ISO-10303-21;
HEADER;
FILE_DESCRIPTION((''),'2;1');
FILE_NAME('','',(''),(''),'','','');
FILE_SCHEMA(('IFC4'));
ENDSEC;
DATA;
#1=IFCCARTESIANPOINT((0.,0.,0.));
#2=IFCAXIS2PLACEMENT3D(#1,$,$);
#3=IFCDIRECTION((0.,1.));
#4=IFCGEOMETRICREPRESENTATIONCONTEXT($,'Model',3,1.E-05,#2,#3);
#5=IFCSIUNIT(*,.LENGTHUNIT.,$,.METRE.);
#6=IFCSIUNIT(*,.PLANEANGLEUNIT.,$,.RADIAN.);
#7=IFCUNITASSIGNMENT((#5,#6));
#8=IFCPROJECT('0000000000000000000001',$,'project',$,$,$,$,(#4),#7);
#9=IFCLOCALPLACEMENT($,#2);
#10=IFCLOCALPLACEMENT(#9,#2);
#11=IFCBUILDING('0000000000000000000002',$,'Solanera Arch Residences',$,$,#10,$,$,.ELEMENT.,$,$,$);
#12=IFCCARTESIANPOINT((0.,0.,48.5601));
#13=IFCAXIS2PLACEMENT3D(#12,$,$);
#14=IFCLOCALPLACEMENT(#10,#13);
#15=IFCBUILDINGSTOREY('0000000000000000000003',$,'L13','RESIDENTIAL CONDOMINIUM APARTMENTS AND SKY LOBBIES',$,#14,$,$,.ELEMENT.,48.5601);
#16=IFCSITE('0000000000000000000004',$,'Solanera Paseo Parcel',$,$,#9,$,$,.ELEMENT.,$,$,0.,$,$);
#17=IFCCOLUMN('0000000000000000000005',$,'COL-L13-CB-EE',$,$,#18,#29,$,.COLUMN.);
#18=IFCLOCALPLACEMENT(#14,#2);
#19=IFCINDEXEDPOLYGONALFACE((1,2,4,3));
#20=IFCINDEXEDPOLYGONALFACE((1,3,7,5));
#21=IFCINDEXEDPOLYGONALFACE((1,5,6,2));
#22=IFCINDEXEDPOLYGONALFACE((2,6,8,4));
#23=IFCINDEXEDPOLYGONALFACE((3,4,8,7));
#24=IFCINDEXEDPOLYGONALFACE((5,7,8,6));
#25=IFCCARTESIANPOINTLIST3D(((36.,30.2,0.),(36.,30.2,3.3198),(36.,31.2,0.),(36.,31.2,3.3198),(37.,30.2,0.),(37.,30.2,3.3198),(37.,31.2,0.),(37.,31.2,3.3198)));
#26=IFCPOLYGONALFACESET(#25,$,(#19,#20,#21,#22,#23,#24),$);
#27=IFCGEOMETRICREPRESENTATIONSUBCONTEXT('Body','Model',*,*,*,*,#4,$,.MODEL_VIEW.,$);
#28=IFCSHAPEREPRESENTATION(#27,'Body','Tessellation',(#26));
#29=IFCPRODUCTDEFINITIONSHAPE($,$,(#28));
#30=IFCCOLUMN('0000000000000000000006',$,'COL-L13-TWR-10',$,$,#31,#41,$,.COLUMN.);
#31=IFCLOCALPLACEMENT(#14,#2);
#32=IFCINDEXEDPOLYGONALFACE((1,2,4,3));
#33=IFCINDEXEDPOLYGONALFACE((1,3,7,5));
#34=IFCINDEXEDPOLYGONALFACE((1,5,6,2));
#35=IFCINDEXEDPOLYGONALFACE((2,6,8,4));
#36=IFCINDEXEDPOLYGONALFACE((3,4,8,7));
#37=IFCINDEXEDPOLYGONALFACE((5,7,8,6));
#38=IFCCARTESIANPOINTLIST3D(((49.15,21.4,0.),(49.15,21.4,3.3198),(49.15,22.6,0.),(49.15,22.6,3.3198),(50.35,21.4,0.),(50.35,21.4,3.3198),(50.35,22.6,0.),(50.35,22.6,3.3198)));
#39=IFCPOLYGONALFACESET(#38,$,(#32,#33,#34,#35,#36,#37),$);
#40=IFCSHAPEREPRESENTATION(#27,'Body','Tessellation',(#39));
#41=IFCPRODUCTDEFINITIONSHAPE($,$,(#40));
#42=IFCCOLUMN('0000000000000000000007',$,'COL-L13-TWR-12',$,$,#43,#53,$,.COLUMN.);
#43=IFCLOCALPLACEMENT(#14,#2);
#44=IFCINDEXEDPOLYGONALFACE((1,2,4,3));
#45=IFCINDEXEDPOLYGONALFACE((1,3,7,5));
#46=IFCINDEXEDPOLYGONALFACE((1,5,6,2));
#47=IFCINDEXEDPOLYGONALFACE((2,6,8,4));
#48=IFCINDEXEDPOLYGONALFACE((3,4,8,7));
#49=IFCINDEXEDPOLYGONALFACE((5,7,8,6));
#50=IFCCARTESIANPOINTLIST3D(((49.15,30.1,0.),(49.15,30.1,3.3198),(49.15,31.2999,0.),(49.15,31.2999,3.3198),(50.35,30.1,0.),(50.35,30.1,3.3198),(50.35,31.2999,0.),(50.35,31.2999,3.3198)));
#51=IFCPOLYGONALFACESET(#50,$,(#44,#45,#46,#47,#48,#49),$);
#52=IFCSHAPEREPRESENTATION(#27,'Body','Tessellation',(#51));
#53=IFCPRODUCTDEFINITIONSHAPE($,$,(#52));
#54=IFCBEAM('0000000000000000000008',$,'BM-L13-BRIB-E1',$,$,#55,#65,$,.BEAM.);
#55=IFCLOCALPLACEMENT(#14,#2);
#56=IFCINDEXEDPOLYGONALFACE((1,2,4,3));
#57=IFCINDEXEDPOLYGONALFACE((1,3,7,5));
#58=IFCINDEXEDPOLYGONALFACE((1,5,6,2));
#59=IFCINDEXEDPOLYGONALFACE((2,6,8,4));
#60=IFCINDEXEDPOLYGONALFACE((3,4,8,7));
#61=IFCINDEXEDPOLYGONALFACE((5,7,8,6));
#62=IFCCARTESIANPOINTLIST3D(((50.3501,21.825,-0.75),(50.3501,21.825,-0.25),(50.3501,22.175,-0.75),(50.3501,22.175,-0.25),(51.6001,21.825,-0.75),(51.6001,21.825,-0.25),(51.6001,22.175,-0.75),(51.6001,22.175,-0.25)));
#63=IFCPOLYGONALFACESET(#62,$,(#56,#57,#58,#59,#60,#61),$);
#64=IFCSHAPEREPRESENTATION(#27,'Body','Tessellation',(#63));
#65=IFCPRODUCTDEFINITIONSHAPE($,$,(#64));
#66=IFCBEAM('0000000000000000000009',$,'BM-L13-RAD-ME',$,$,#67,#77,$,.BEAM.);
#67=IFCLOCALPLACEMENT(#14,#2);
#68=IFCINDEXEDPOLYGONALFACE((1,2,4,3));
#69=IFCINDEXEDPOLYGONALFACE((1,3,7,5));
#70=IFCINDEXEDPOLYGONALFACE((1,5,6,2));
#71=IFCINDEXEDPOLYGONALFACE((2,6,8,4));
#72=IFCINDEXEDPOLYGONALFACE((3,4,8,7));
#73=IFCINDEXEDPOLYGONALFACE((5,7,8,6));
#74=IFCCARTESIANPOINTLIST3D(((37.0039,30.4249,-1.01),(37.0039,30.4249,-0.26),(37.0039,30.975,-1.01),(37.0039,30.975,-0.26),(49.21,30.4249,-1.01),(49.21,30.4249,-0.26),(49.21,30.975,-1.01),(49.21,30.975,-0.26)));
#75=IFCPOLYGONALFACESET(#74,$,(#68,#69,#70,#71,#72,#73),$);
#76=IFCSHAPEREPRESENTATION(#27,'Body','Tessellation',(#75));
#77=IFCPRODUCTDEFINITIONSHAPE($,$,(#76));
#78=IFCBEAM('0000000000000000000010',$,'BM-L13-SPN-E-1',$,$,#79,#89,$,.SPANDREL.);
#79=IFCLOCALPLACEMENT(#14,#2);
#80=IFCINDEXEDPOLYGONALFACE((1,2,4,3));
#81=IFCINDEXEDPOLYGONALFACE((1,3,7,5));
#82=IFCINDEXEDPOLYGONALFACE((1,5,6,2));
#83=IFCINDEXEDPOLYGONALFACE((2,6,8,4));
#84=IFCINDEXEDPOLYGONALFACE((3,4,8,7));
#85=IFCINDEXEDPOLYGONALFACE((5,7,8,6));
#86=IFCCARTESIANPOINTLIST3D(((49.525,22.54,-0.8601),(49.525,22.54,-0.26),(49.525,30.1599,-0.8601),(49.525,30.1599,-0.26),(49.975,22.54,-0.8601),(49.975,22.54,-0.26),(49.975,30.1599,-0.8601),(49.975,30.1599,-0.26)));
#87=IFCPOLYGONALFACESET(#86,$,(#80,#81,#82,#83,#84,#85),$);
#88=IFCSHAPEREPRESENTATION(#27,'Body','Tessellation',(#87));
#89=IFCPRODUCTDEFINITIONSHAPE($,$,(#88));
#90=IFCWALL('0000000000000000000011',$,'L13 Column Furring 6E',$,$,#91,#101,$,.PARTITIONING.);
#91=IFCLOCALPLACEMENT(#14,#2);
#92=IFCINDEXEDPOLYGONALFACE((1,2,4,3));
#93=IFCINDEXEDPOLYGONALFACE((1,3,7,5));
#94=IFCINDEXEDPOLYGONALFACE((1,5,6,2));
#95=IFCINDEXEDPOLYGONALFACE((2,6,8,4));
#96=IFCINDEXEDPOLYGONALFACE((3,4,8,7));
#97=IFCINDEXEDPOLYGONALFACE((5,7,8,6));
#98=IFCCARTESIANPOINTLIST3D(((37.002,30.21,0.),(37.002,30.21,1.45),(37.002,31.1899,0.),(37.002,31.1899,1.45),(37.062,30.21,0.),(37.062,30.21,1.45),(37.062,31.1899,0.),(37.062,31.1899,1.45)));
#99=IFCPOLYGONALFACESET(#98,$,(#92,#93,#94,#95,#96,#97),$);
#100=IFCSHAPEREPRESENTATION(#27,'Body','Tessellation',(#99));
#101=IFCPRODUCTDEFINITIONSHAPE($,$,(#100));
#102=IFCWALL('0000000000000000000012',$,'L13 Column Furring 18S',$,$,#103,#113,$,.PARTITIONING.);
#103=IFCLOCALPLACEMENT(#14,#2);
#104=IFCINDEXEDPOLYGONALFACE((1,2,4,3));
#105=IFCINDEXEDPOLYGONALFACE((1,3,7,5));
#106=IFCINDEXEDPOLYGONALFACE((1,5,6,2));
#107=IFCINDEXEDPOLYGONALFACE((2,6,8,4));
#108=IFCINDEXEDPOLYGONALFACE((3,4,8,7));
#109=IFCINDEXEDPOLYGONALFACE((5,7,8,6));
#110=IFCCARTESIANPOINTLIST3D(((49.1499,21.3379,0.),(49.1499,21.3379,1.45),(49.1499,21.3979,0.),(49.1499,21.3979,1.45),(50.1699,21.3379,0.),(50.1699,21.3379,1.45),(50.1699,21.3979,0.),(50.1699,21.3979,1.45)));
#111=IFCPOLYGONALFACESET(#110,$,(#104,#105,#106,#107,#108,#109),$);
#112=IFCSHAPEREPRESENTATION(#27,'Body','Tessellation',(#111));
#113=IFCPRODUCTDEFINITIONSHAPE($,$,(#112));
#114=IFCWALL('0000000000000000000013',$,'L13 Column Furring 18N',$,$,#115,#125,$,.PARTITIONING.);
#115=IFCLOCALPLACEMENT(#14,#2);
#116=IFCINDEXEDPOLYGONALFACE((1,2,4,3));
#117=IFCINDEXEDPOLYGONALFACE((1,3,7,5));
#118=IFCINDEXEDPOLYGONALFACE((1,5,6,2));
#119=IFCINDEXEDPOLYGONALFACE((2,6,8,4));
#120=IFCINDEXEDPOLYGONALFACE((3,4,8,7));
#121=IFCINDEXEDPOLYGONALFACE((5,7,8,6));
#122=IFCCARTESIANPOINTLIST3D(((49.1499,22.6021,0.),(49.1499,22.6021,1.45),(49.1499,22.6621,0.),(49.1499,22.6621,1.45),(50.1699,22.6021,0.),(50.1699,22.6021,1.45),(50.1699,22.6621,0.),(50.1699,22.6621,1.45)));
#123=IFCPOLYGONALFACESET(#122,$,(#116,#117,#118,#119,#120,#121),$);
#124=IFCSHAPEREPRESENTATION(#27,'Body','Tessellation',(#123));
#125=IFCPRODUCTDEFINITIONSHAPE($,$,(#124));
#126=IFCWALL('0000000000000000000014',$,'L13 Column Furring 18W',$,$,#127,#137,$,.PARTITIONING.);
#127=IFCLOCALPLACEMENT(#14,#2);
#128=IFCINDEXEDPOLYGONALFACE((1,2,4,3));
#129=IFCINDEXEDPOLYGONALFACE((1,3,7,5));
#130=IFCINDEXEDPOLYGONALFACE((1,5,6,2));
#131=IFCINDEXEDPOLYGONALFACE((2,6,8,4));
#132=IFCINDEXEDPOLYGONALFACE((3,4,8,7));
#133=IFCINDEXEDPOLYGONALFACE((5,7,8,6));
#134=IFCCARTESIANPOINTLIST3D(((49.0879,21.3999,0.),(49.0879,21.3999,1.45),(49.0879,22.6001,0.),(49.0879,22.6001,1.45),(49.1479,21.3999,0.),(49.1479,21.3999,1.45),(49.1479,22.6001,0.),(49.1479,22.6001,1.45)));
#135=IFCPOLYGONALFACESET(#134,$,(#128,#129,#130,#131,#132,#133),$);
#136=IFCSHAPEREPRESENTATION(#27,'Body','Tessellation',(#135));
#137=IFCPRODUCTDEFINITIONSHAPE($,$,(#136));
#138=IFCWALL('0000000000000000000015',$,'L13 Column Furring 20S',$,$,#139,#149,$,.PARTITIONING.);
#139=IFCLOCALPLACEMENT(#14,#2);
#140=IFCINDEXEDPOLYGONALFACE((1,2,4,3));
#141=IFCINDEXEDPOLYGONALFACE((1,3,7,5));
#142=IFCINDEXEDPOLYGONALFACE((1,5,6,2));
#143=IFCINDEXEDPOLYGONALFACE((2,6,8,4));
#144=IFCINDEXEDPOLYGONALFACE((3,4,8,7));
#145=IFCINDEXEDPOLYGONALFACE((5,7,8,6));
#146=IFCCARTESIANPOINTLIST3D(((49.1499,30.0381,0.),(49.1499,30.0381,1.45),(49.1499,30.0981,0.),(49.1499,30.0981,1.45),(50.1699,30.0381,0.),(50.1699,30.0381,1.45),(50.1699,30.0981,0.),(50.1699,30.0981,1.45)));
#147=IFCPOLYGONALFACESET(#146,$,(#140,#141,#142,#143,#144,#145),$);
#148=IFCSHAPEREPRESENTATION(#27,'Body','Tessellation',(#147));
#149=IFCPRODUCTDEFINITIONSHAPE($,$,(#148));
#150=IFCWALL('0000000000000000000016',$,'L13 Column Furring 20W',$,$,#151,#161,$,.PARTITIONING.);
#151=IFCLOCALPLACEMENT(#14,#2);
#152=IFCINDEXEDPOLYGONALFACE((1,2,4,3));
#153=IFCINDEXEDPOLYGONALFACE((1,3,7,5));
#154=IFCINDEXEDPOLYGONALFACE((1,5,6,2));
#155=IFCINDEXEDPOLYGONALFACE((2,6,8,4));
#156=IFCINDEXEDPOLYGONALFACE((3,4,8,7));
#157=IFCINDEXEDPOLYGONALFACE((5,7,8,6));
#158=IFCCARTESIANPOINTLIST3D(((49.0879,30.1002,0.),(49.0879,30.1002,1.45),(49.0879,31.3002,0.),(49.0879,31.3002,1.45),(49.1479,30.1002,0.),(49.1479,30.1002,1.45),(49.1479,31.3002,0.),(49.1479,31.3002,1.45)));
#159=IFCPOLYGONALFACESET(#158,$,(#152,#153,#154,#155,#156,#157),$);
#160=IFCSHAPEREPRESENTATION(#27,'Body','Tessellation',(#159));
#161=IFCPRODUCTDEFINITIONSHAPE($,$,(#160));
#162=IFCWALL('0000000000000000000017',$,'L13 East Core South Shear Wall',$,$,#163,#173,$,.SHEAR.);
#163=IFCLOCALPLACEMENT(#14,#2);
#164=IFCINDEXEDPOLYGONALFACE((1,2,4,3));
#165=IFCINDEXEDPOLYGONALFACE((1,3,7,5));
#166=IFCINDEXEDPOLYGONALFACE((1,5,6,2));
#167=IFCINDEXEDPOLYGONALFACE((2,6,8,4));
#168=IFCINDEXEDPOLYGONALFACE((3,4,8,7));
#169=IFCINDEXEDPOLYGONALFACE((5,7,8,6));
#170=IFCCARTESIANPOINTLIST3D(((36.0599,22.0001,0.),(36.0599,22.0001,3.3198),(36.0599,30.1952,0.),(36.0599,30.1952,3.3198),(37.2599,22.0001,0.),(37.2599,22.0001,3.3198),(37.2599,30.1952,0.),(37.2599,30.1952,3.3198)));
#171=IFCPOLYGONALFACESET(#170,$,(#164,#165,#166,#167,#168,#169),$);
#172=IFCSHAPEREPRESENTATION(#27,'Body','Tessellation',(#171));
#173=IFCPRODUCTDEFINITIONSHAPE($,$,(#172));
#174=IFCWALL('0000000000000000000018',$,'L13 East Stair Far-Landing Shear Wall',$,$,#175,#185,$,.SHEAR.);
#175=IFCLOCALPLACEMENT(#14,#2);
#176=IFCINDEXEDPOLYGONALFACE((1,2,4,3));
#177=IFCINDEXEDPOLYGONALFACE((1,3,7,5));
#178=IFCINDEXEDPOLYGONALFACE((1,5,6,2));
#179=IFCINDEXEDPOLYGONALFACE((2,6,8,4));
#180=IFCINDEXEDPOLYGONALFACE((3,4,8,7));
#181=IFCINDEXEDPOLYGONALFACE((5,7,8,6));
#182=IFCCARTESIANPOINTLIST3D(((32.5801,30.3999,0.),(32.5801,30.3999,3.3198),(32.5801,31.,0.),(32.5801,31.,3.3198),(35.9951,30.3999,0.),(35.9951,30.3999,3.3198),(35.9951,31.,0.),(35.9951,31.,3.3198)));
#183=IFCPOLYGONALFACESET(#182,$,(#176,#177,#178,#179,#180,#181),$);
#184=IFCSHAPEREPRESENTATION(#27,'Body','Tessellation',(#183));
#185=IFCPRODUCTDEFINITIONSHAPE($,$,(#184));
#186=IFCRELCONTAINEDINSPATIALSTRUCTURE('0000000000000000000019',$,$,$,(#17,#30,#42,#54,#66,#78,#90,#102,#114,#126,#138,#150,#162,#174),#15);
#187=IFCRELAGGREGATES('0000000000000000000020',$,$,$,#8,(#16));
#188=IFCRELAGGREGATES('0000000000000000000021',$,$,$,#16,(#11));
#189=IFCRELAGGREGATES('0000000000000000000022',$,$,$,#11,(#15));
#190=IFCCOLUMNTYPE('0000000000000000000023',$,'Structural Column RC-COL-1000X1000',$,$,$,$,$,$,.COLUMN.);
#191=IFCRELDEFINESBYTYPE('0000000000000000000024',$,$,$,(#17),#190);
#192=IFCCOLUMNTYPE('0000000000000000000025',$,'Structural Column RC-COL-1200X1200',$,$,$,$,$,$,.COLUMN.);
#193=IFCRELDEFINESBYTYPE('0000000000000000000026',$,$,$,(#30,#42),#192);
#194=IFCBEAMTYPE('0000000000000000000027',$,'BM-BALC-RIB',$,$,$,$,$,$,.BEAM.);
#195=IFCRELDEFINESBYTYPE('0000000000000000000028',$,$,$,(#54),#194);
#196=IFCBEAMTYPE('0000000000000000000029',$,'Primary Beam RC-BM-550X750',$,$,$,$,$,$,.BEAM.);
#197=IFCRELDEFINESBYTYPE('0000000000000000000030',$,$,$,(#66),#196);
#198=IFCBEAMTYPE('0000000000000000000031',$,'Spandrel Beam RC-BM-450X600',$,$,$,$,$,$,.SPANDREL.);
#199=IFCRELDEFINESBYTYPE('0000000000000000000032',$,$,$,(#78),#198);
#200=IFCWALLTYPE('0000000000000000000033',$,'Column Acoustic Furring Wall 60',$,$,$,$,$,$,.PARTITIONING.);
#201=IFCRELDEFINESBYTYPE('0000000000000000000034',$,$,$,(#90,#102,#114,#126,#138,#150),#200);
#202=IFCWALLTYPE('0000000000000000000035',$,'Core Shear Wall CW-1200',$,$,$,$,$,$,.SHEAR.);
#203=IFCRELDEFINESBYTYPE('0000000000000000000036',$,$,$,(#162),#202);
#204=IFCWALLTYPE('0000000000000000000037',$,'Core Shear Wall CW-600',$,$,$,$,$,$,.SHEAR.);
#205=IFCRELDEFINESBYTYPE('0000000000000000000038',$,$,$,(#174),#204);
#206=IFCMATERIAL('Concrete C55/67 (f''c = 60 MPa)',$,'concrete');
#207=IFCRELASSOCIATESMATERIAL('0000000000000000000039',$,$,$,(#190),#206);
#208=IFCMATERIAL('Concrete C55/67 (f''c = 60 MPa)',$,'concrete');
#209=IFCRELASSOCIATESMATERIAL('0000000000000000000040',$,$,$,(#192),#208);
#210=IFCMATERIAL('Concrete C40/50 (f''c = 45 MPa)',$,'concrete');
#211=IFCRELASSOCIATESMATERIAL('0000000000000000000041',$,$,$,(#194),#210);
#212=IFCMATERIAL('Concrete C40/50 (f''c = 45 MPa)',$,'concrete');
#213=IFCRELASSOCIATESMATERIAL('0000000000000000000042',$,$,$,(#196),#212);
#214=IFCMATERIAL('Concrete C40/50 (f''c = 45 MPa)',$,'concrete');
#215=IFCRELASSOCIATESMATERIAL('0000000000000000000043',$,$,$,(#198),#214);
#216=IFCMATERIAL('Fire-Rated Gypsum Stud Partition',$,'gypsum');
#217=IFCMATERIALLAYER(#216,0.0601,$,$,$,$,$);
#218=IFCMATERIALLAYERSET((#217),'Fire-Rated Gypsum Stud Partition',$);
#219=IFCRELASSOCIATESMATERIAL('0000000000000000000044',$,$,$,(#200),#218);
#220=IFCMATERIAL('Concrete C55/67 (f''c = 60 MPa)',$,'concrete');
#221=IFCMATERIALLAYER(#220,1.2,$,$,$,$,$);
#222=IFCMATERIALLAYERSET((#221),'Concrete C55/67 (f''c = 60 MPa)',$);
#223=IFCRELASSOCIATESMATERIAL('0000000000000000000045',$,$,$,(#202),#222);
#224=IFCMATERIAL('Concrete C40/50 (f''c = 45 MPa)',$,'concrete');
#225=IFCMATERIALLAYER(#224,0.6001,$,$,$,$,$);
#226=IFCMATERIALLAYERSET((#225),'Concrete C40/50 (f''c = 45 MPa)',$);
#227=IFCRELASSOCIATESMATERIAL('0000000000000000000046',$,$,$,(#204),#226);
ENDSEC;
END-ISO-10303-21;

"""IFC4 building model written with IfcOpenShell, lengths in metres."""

from ifc_helpers import new_model, si_unit, direction, frame, frame_2d, origin, origin_2d, place, context, subcontext, project, spatial, rectangle, extrude, material, layer, layer_set, material_profile, profile_set, type_object, element, save


model = new_model("IFC4")

# Units and contexts
model_context = context("Model", 3, precision=1e-05, world=origin(), true_north=direction((0.0, 1.0)))
body_context = subcontext(model_context, "Body", "Model", "MODEL_VIEW")
ifc_project = project(units=[si_unit("LENGTHUNIT", "METRE"), si_unit("PLANEANGLEUNIT", "RADIAN")], contexts=[model_context])

# Site, building, storey
site_placement = place(None, origin())
site = spatial("IfcSite", under=ifc_project, at=site_placement, Name="Solanera Paseo Parcel", CompositionType="ELEMENT", RefElevation=0.0)
building_placement = place(site_placement, origin())
building = spatial("IfcBuilding", under=site, at=building_placement, Name="Solanera Arch Residences", CompositionType="ELEMENT")
storey_placement = place(building_placement, frame((0.0, 0.0, 48.5601)))
storey = spatial("IfcBuildingStorey", under=building, at=storey_placement, Name="L13", Description="RESIDENTIAL CONDOMINIUM APARTMENTS AND SKY LOBBIES", CompositionType="ELEMENT", Elevation=48.5601)

# Columns
ifc_material_1 = material(Name="Concrete C55/67 (f'c = 60 MPa)", Category="concrete")
ifc_material_profile_1 = material_profile(ifc_material_1, rectangle(XDim=1.0, YDim=1.0, at=origin_2d()))
ifc_profile_set_1 = profile_set([ifc_material_profile_1], Name="Concrete C55/67 (f'c = 60 MPa)")
column_type_1 = type_object("IfcColumnType", Name="Structural Column RC-COL-1000X1000", PredefinedType="COLUMN", material=ifc_profile_set_1)
column_placement = place(storey_placement, frame((36.5, 30.7, 0.0), z_axis=(0.0, 0.0, 1.0), x_axis=(1.0, 0.0, 0.0)))
element("IfcColumn", 1, at=column_placement, inside=storey, type_object=column_type_1, Name="COL-L13-CB-EE", PredefinedType="COLUMN", context=body_context, shape_type="SweptSolid", body=[
    extrude(rectangle(XDim=1.0, YDim=1.0, at=origin_2d()), origin(), (0.0, 0.0, 1.0), 3.3198),
])
ifc_material_2 = material(Name="Concrete C55/67 (f'c = 60 MPa)", Category="concrete")
ifc_material_profile_2 = material_profile(ifc_material_2, rectangle(XDim=1.2, YDim=1.2, at=origin_2d()))
ifc_profile_set_2 = profile_set([ifc_material_profile_2], Name="Concrete C55/67 (f'c = 60 MPa)")
column_type_2 = type_object("IfcColumnType", Name="Structural Column RC-COL-1200X1200", PredefinedType="COLUMN", material=ifc_profile_set_2)
for number, where, z_axis, x_axis, name in (
    (2, (49.75, 22.0, 0.0), (0.0, 0.0, 1.0), (1.0, 0.0, 0.0), "COL-L13-TWR-10"),
    (3, (49.75, 30.7, 0.0), (0.0, 0.0, 1.0), (1.0, 0.0, 0.0), "COL-L13-TWR-12"),
):
    element("IfcColumn", number, at=place(storey_placement, frame(where, z_axis=z_axis, x_axis=x_axis)), inside=storey, type_object=column_type_2, Name=name, PredefinedType="COLUMN", context=body_context, shape_type="SweptSolid", body=[
        extrude(rectangle(XDim=1.2, YDim=1.2, at=origin_2d()), origin(), (0.0, 0.0, 1.0), 3.3198),
    ])

# Beams
ifc_material_3 = material(Name="Concrete C40/50 (f'c = 45 MPa)", Category="concrete")
ifc_material_profile_3 = material_profile(ifc_material_3, rectangle(XDim=0.3501, YDim=0.5, at=origin_2d()))
ifc_profile_set_3 = profile_set([ifc_material_profile_3], Name="Concrete C40/50 (f'c = 45 MPa)")
beam_type_1 = type_object("IfcBeamType", Name="BM-BALC-RIB", PredefinedType="BEAM", material=ifc_profile_set_3)
beam_1_placement = place(storey_placement, frame((50.3501, 22.0, -0.5), z_axis=(1.0, 0.0, 0.0), x_axis=(0.0, 1.0, 0.0)))
element("IfcBeam", 4, at=beam_1_placement, inside=storey, type_object=beam_type_1, Name="BM-L13-BRIB-E1", PredefinedType="BEAM", context=body_context, shape_type="SweptSolid", body=[
    extrude(rectangle(XDim=0.3501, YDim=0.5, at=origin_2d()), origin(), (0.0, 0.0, 1.0), 1.25),
])
ifc_material_4 = material(Name="Concrete C40/50 (f'c = 45 MPa)", Category="concrete")
ifc_material_profile_4 = material_profile(ifc_material_4, rectangle(XDim=0.55, YDim=0.75, at=origin_2d()))
ifc_profile_set_4 = profile_set([ifc_material_profile_4], Name="Concrete C40/50 (f'c = 45 MPa)")
beam_type_2 = type_object("IfcBeamType", Name="Primary Beam RC-BM-550X750", PredefinedType="BEAM", material=ifc_profile_set_4)
beam_2_placement = place(storey_placement, frame((37.0039, 30.7, -0.635), z_axis=(1.0, 0.0, 0.0), x_axis=(0.0, 1.0, 0.0)))
element("IfcBeam", 5, at=beam_2_placement, inside=storey, type_object=beam_type_2, Name="BM-L13-RAD-ME", PredefinedType="BEAM", context=body_context, shape_type="SweptSolid", body=[
    extrude(rectangle(XDim=0.55, YDim=0.75, at=origin_2d()), origin(), (0.0, 0.0, 1.0), 12.2061),
])
ifc_material_5 = material(Name="Concrete C40/50 (f'c = 45 MPa)", Category="concrete")
ifc_material_profile_5 = material_profile(ifc_material_5, rectangle(XDim=0.45, YDim=0.6001, at=origin_2d()))
ifc_profile_set_5 = profile_set([ifc_material_profile_5], Name="Concrete C40/50 (f'c = 45 MPa)")
beam_type_3 = type_object("IfcBeamType", Name="Spandrel Beam RC-BM-450X600", PredefinedType="SPANDREL", material=ifc_profile_set_5)
beam_3_placement = place(storey_placement, frame((49.75, 22.54, -0.5601), z_axis=(0.0, 1.0, 0.0), x_axis=(-1.0, 0.0, 0.0)))
element("IfcBeam", 6, at=beam_3_placement, inside=storey, type_object=beam_type_3, Name="BM-L13-SPN-E-1", PredefinedType="SPANDREL", context=body_context, shape_type="SweptSolid", body=[
    extrude(rectangle(XDim=0.45, YDim=0.6001, at=origin_2d()), origin(), (0.0, 0.0, 1.0), 7.6199),
])

# Walls
ifc_material_6 = material(Name="Fire-Rated Gypsum Stud Partition", Category="gypsum")
ifc_layer_1 = layer(ifc_material_6, 0.0601)
ifc_layer_set_1 = layer_set([ifc_layer_1], Name="Fire-Rated Gypsum Stud Partition")
wall_type_1 = type_object("IfcWallType", Name="Column Acoustic Furring Wall 60", PredefinedType="PARTITIONING", material=ifc_layer_set_1)
wall_1_placement = place(storey_placement, frame((37.032, 30.21, 0.0), z_axis=(0.0, 0.0, 1.0), x_axis=(0.0, 1.0, 0.0)))
element("IfcWall", 7, at=wall_1_placement, inside=storey, type_object=wall_type_1, Name="L13 Column Furring 6E", PredefinedType="PARTITIONING", context=body_context, shape_type="SweptSolid", body=[
    extrude(rectangle(XDim=0.98, YDim=0.0601, at=frame_2d((0.49, 0.0))), origin(), (0.0, 0.0, 1.0), 1.45),
])
for number, where, z_axis, x_axis, name in (
    (8, (49.1499, 21.3679, 0.0), (0.0, 0.0, 1.0), (1.0, 0.0, 0.0), "L13 Column Furring 18S"),
    (9, (49.1499, 22.6321, 0.0), (0.0, 0.0, 1.0), (1.0, 0.0, 0.0), "L13 Column Furring 18N"),
):
    element("IfcWall", number, at=place(storey_placement, frame(where, z_axis=z_axis, x_axis=x_axis)), inside=storey, type_object=wall_type_1, Name=name, PredefinedType="PARTITIONING", context=body_context, shape_type="SweptSolid", body=[
        extrude(rectangle(XDim=1.02, YDim=0.0601, at=frame_2d((0.51, 0.0))), origin(), (0.0, 0.0, 1.0), 1.45),
    ])
wall_2_placement = place(storey_placement, frame((49.1179, 21.3999, 0.0), z_axis=(0.0, 0.0, 1.0), x_axis=(0.0, 1.0, 0.0)))
element("IfcWall", 10, at=wall_2_placement, inside=storey, type_object=wall_type_1, Name="L13 Column Furring 18W", PredefinedType="PARTITIONING", context=body_context, shape_type="SweptSolid", body=[
    extrude(rectangle(XDim=1.2002, YDim=0.0601, at=frame_2d((0.6001, 0.0))), origin(), (0.0, 0.0, 1.0), 1.45),
])
wall_3_placement = place(storey_placement, frame((49.1499, 30.0681, 0.0), z_axis=(0.0, 0.0, 1.0), x_axis=(1.0, 0.0, 0.0)))
element("IfcWall", 11, at=wall_3_placement, inside=storey, type_object=wall_type_1, Name="L13 Column Furring 20S", PredefinedType="PARTITIONING", context=body_context, shape_type="SweptSolid", body=[
    extrude(rectangle(XDim=1.02, YDim=0.0601, at=frame_2d((0.51, 0.0))), origin(), (0.0, 0.0, 1.0), 1.45),
])
wall_4_placement = place(storey_placement, frame((49.1179, 30.1001, 0.0), z_axis=(0.0, 0.0, 1.0), x_axis=(0.0, 1.0, 0.0)))
element("IfcWall", 12, at=wall_4_placement, inside=storey, type_object=wall_type_1, Name="L13 Column Furring 20W", PredefinedType="PARTITIONING", context=body_context, shape_type="SweptSolid", body=[
    extrude(rectangle(XDim=1.2, YDim=0.0601, at=frame_2d((0.6001, 0.0))), origin(), (0.0, 0.0, 1.0), 1.45),
])
ifc_material_7 = material(Name="Concrete C55/67 (f'c = 60 MPa)", Category="concrete")
ifc_layer_2 = layer(ifc_material_7, 1.2)
ifc_layer_set_2 = layer_set([ifc_layer_2], Name="Concrete C55/67 (f'c = 60 MPa)")
wall_type_2 = type_object("IfcWallType", Name="Core Shear Wall CW-1200", PredefinedType="SHEAR", material=ifc_layer_set_2)
wall_5_placement = place(storey_placement, frame((36.6599, 22.0, 0.0), z_axis=(0.0, 0.0, 1.0), x_axis=(0.0, 1.0, 0.0)))
element("IfcWall", 13, at=wall_5_placement, inside=storey, type_object=wall_type_2, Name="L13 East Core South Shear Wall", PredefinedType="SHEAR", context=body_context, shape_type="SweptSolid", body=[
    extrude(rectangle(XDim=8.1951, YDim=1.2, at=frame_2d((4.0977, 0.0))), origin(), (0.0, 0.0, 1.0), 3.3198),
])
ifc_material_8 = material(Name="Concrete C40/50 (f'c = 45 MPa)", Category="concrete")
ifc_layer_3 = layer(ifc_material_8, 0.6001)
ifc_layer_set_3 = layer_set([ifc_layer_3], Name="Concrete C40/50 (f'c = 45 MPa)")
wall_type_3 = type_object("IfcWallType", Name="Core Shear Wall CW-600", PredefinedType="SHEAR", material=ifc_layer_set_3)
wall_6_placement = place(storey_placement, frame((32.5801, 30.7, 0.0), z_axis=(0.0, 0.0, 1.0), x_axis=(1.0, 0.0, 0.0)))
element("IfcWall", 14, at=wall_6_placement, inside=storey, type_object=wall_type_3, Name="L13 East Stair Far-Landing Shear Wall", PredefinedType="SHEAR", context=body_context, shape_type="SweptSolid", body=[
    extrude(rectangle(XDim=3.415, YDim=0.6001, at=frame_2d((1.7075, 0.0))), origin(), (0.0, 0.0, 1.0), 3.3198),
])

save(model, "model.ifc")
